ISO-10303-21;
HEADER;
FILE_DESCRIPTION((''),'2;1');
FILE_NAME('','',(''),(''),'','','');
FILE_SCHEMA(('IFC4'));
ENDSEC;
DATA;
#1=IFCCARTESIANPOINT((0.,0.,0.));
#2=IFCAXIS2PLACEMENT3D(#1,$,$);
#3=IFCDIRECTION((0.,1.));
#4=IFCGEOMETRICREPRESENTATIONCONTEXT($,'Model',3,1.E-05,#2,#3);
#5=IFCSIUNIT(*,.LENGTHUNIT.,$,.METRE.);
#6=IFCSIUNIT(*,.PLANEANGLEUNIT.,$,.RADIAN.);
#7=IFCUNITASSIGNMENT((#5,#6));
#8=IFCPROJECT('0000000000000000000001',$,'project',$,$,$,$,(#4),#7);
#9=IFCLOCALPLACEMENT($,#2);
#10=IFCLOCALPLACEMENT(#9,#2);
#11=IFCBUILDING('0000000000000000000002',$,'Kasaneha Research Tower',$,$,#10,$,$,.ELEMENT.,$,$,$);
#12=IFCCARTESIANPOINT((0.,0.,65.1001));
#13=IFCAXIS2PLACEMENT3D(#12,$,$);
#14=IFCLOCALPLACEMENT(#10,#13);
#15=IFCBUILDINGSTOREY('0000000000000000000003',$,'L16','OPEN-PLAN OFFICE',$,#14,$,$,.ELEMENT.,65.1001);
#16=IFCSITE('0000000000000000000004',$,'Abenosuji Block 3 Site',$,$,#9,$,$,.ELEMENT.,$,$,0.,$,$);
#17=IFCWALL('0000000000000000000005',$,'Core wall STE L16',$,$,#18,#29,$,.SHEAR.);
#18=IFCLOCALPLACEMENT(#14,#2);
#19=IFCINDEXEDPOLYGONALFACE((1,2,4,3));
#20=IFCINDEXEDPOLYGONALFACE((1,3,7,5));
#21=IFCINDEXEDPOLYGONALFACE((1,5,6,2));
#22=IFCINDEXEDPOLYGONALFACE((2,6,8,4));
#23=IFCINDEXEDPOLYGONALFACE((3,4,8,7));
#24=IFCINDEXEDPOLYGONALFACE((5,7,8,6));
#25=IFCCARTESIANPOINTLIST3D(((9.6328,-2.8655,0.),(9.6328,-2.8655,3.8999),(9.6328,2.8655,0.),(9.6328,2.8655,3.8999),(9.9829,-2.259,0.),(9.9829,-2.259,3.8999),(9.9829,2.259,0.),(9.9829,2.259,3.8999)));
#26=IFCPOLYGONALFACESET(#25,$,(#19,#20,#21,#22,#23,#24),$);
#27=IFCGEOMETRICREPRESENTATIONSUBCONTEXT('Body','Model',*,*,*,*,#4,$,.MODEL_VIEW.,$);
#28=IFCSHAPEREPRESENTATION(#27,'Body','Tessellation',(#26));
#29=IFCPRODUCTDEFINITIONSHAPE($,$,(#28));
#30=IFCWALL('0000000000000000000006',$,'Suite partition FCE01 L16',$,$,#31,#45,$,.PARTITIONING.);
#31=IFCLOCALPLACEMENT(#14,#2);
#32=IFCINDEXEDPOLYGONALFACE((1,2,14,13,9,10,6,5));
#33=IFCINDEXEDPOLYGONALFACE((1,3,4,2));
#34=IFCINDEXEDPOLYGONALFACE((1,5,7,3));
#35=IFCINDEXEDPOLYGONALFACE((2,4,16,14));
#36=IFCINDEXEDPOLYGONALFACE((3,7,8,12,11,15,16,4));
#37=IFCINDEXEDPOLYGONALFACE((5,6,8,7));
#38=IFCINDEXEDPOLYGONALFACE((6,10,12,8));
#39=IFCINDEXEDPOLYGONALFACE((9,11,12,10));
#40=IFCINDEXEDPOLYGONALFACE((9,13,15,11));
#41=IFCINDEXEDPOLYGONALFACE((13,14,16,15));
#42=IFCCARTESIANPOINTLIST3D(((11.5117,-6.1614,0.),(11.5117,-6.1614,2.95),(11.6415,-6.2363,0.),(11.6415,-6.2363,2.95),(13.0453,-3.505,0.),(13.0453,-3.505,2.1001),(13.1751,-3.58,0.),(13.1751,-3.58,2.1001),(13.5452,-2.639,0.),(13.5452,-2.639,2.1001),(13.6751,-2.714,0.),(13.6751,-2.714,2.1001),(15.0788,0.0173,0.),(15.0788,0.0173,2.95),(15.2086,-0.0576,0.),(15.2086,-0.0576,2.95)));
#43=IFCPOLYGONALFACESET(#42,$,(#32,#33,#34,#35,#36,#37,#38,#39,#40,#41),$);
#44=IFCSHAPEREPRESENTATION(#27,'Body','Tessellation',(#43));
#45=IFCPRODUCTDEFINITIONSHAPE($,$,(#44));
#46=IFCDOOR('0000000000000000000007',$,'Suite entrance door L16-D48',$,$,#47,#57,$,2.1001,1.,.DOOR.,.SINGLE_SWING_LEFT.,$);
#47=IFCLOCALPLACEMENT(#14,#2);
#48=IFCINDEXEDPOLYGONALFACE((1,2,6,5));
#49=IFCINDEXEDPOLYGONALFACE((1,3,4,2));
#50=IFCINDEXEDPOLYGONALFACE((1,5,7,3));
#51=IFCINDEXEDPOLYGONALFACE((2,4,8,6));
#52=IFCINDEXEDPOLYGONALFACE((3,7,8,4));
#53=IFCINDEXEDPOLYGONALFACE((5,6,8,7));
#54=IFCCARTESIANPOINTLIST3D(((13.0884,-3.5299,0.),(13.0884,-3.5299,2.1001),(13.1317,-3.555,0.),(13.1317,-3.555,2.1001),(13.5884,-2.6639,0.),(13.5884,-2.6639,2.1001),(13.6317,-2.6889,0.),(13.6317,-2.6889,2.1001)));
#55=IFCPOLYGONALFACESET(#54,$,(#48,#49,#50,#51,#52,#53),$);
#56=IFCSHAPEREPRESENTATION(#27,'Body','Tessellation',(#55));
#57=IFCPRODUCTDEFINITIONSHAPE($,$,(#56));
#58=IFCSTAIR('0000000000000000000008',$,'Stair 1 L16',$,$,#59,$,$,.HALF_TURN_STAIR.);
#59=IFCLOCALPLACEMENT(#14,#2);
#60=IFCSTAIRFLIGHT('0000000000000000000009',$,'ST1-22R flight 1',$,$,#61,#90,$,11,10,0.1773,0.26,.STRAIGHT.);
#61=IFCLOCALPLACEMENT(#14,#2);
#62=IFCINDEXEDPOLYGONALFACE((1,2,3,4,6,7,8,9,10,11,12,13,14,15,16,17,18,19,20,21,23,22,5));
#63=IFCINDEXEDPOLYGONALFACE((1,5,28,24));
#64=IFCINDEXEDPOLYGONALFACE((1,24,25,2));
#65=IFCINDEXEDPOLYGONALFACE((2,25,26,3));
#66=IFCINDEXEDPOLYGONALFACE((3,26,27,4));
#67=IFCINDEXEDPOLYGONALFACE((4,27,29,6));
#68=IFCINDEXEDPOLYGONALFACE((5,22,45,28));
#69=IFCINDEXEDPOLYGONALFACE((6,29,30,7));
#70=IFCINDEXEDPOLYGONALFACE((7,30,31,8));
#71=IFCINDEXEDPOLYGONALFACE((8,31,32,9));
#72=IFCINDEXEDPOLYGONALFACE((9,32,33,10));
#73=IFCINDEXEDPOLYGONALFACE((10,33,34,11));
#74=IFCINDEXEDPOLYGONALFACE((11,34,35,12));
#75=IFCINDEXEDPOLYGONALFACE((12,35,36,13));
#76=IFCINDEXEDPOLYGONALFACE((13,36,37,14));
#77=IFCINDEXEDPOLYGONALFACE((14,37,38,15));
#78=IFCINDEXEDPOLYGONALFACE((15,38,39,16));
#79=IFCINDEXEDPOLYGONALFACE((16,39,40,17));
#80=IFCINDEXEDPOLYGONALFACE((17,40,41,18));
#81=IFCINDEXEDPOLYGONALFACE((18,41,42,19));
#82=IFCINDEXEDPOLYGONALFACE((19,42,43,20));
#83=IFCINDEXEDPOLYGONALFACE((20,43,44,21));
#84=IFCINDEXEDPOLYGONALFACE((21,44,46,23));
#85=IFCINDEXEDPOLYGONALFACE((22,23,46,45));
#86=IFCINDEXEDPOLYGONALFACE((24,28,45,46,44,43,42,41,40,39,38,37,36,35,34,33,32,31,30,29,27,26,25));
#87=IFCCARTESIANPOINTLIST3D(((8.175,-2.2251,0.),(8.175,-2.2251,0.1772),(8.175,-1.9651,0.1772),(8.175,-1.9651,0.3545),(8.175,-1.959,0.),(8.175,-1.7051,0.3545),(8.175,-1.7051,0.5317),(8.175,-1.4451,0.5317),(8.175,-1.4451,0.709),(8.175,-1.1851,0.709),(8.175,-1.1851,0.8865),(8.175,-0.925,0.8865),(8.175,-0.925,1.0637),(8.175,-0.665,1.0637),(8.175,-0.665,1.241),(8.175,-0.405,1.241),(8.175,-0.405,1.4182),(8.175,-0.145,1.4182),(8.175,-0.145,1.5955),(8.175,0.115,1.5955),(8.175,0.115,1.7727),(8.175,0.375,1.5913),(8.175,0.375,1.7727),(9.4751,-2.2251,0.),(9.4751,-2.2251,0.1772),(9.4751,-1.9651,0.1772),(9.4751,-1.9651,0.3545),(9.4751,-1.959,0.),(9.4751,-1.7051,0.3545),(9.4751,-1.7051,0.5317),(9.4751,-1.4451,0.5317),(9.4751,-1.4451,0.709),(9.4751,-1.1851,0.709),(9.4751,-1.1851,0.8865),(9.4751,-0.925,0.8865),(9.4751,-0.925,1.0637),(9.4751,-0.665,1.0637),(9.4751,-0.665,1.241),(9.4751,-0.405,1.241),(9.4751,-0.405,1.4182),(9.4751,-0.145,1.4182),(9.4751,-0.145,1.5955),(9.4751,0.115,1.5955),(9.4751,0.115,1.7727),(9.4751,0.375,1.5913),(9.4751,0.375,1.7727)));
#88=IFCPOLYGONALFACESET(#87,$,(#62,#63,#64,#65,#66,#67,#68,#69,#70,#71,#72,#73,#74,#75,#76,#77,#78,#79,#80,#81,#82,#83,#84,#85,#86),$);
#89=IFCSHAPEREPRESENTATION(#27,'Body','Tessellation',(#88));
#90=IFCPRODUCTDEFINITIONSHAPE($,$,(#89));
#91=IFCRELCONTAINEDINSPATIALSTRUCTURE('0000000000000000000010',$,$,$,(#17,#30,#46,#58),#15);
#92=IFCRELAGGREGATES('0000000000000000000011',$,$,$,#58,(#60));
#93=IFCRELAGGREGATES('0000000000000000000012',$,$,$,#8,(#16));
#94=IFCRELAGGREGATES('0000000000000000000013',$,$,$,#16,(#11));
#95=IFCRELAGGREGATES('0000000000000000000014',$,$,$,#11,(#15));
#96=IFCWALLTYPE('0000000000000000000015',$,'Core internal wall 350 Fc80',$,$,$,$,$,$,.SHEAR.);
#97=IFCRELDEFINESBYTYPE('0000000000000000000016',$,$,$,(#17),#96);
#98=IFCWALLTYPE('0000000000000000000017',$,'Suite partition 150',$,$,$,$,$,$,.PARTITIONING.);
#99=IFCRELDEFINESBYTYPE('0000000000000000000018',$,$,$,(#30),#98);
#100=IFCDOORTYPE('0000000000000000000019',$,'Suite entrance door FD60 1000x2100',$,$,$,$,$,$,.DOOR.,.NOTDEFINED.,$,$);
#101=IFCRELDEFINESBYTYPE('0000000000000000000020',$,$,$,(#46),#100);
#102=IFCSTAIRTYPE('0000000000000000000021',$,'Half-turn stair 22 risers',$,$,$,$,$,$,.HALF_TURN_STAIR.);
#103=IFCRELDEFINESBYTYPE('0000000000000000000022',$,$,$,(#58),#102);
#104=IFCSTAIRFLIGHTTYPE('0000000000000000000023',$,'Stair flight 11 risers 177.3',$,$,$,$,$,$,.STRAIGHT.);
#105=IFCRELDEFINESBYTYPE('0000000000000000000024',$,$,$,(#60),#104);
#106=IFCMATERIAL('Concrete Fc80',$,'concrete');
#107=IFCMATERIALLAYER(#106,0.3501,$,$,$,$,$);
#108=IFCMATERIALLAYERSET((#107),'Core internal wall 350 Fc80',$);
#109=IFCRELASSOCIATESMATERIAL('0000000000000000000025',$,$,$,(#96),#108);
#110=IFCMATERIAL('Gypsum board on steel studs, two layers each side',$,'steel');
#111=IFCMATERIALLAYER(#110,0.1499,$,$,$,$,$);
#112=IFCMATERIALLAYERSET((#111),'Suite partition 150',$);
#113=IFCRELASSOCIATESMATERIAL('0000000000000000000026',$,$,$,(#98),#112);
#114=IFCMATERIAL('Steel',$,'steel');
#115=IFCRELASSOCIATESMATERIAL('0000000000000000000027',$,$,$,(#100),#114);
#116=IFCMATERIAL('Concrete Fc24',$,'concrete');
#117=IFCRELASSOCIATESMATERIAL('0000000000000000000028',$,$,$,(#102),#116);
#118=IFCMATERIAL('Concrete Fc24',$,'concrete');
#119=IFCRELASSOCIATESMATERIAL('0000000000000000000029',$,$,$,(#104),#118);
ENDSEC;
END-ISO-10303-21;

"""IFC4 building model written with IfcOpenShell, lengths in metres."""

from ifc_helpers import new_model, si_unit, direction, frame, frame_2d, origin, place, context, subcontext, project, spatial, polyline, rectangle, outline, extrude, material, layer, layer_set, type_object, element, fill, aggregate, save


model = new_model("IFC4")

# Units and contexts
model_context = context("Model", 3, precision=1e-05, world=origin(), true_north=direction((0.0, 1.0)))
body_context = subcontext(model_context, "Body", "Model", "MODEL_VIEW")
ifc_project = project(units=[si_unit("LENGTHUNIT", "METRE"), si_unit("PLANEANGLEUNIT", "RADIAN")], contexts=[model_context])

# Site, building, storey
site_placement = place(None, origin())
site = spatial("IfcSite", under=ifc_project, at=site_placement, Name="Abenosuji Block 3 Site", CompositionType="ELEMENT", RefElevation=0.0)
building_placement = place(site_placement, origin())
building = spatial("IfcBuilding", under=site, at=building_placement, Name="Kasaneha Research Tower", CompositionType="ELEMENT")
storey_placement = place(building_placement, frame((0.0, 0.0, 65.1001)))
storey = spatial("IfcBuildingStorey", under=building, at=storey_placement, Name="L16", Description="OPEN-PLAN OFFICE", CompositionType="ELEMENT", Elevation=65.1001)

# Wall
ifc_material_1 = material(Name="Concrete Fc80", Category="concrete")
ifc_layer_1 = layer(ifc_material_1, 0.3501)
ifc_layer_set_1 = layer_set([ifc_layer_1], Name="Core internal wall 350 Fc80")
wall_type_1 = type_object("IfcWallType", Name="Core internal wall 350 Fc80", PredefinedType="SHEAR", material=ifc_layer_set_1)
wall_1_placement = place(storey_placement, frame((9.8079, -2.5623, 0.0), z_axis=(0.0, 0.0, 1.0), x_axis=(0.0, 1.0, 0.0)))
element("IfcWall", 1, at=wall_1_placement, inside=storey, type_object=wall_type_1, Name="Core wall STE L16", PredefinedType="SHEAR", context=body_context, shape_type="SweptSolid", body=[
    extrude(outline(polyline([(0.3032, -0.175), (4.8213, -0.175), (5.4277, 0.175), (-0.3032, 0.175), (0.3032, -0.175)])), origin(), (0.0, 0.0, 1.0), 3.8999),
])

# Wall, opening, door
ifc_material_2 = material(Name="Gypsum board on steel studs, two layers each side", Category="steel")
ifc_layer_2 = layer(ifc_material_2, 0.1499)
ifc_layer_set_2 = layer_set([ifc_layer_2], Name="Suite partition 150")
wall_type_2 = type_object("IfcWallType", Name="Suite partition 150", PredefinedType="PARTITIONING", material=ifc_layer_set_2)
wall_2_placement = place(storey_placement, frame((15.1438, -0.02, 0.0), z_axis=(0.0, 0.0, 1.0), x_axis=(-0.499985, -0.866034, 0.0)))
wall_2 = element("IfcWall", 2, at=wall_2_placement, inside=storey, type_object=wall_type_2, Name="Suite partition FCE01 L16", PredefinedType="PARTITIONING", context=body_context, shape_type="SweptSolid", body=[
    extrude(rectangle(XDim=7.1345, YDim=0.1499, at=frame_2d((3.5674, 0.0))), origin(), (0.0, 0.0, 1.0), 2.95),
])
opening_placement = place(wall_2_placement, frame((3.0674, 0.0, 0.0)))
opening = element("IfcOpeningElement", 3, at=opening_placement, cuts=wall_2, PredefinedType="OPENING", context=body_context, shape_type="SweptSolid", body=[
    extrude(rectangle(XDim=1.0, YDim=2.1001, at=frame_2d((0.5, 1.05))), frame((0.0, 0.085, 0.0), z_axis=(0.0, -1.0, 0.0), x_axis=(1.0, 0.0, 0.0)), (0.0, 0.0, 1.0), 0.1699),
])
ifc_material_3 = material(Name="Steel", Category="steel")
door_type = type_object("IfcDoorType", Name="Suite entrance door FD60 1000x2100", OperationType="NOTDEFINED", PredefinedType="DOOR", material=ifc_material_3)
door_placement = place(opening_placement, origin())
door = element("IfcDoor", 4, at=door_placement, inside=storey, type_object=door_type, Name="Suite entrance door L16-D48", OperationType="SINGLE_SWING_LEFT", OverallHeight=2.1001, OverallWidth=1.0, PredefinedType="DOOR", context=body_context, shape_type="SweptSolid", body=[
    extrude(rectangle(XDim=1.0, YDim=2.1001, at=frame_2d((0.5, 1.05))), frame((0.0, 0.0249, 0.0), z_axis=(0.0, -1.0, 0.0), x_axis=(1.0, 0.0, 0.0)), (0.0, 0.0, 1.0), 0.05),
])
fill(opening, door)

# Stair, stair flight
ifc_material_4 = material(Name="Concrete Fc24", Category="concrete")
stair_type = type_object("IfcStairType", Name="Half-turn stair 22 risers", PredefinedType="HALF_TURN_STAIR", material=ifc_material_4)
stair_placement = place(storey_placement, origin())
stair = element("IfcStair", 5, at=stair_placement, inside=storey, type_object=stair_type, Name="Stair 1 L16", PredefinedType="HALF_TURN_STAIR")
ifc_material_5 = material(Name="Concrete Fc24", Category="concrete")
stair_flight_type = type_object("IfcStairFlightType", Name="Stair flight 11 risers 177.3", PredefinedType="STRAIGHT", material=ifc_material_5)
stair_flight_placement = place(storey_placement, frame((8.825, -2.2251, 0.0), z_axis=(0.0, 0.0, 1.0), x_axis=(0.0, 1.0, 0.0)))
stair_flight = element("IfcStairFlight", 6, at=stair_flight_placement, type_object=stair_flight_type, Name="ST1-22R flight 1", NumberOfRisers=11, NumberOfTreads=10, PredefinedType="STRAIGHT", RiserHeight=0.1773, TreadLength=0.26, context=body_context, shape_type="SweptSolid", body=[
    extrude(outline(polyline([(0.0, 0.0), (0.0, 0.1772), (0.26, 0.1772), (0.26, 0.3545), (0.52, 0.3545), (0.52, 0.5317), (0.78, 0.5317), (0.78, 0.709), (1.04, 0.709), (1.04, 0.8865), (1.3, 0.8865), (1.3, 1.0637), (1.5601, 1.0637), (1.5601, 1.241), (1.8201, 1.241), (1.8201, 1.4182), (2.0801, 1.4182), (2.0801, 1.5955), (2.3401, 1.5955), (2.3401, 1.7727), (2.6001, 1.7727), (2.6001, 1.95), (2.6001, 1.5913), (0.2661, 0.0), (0.0, 0.0)])), frame((0.0, 0.6499, 0.0), z_axis=(0.0, -1.0, 0.0), x_axis=(1.0, 0.0, 0.0)), (0.0, 0.0, 1.0), 1.3),
])
aggregate(stair, [stair_flight])

save(model, "model.ifc")
